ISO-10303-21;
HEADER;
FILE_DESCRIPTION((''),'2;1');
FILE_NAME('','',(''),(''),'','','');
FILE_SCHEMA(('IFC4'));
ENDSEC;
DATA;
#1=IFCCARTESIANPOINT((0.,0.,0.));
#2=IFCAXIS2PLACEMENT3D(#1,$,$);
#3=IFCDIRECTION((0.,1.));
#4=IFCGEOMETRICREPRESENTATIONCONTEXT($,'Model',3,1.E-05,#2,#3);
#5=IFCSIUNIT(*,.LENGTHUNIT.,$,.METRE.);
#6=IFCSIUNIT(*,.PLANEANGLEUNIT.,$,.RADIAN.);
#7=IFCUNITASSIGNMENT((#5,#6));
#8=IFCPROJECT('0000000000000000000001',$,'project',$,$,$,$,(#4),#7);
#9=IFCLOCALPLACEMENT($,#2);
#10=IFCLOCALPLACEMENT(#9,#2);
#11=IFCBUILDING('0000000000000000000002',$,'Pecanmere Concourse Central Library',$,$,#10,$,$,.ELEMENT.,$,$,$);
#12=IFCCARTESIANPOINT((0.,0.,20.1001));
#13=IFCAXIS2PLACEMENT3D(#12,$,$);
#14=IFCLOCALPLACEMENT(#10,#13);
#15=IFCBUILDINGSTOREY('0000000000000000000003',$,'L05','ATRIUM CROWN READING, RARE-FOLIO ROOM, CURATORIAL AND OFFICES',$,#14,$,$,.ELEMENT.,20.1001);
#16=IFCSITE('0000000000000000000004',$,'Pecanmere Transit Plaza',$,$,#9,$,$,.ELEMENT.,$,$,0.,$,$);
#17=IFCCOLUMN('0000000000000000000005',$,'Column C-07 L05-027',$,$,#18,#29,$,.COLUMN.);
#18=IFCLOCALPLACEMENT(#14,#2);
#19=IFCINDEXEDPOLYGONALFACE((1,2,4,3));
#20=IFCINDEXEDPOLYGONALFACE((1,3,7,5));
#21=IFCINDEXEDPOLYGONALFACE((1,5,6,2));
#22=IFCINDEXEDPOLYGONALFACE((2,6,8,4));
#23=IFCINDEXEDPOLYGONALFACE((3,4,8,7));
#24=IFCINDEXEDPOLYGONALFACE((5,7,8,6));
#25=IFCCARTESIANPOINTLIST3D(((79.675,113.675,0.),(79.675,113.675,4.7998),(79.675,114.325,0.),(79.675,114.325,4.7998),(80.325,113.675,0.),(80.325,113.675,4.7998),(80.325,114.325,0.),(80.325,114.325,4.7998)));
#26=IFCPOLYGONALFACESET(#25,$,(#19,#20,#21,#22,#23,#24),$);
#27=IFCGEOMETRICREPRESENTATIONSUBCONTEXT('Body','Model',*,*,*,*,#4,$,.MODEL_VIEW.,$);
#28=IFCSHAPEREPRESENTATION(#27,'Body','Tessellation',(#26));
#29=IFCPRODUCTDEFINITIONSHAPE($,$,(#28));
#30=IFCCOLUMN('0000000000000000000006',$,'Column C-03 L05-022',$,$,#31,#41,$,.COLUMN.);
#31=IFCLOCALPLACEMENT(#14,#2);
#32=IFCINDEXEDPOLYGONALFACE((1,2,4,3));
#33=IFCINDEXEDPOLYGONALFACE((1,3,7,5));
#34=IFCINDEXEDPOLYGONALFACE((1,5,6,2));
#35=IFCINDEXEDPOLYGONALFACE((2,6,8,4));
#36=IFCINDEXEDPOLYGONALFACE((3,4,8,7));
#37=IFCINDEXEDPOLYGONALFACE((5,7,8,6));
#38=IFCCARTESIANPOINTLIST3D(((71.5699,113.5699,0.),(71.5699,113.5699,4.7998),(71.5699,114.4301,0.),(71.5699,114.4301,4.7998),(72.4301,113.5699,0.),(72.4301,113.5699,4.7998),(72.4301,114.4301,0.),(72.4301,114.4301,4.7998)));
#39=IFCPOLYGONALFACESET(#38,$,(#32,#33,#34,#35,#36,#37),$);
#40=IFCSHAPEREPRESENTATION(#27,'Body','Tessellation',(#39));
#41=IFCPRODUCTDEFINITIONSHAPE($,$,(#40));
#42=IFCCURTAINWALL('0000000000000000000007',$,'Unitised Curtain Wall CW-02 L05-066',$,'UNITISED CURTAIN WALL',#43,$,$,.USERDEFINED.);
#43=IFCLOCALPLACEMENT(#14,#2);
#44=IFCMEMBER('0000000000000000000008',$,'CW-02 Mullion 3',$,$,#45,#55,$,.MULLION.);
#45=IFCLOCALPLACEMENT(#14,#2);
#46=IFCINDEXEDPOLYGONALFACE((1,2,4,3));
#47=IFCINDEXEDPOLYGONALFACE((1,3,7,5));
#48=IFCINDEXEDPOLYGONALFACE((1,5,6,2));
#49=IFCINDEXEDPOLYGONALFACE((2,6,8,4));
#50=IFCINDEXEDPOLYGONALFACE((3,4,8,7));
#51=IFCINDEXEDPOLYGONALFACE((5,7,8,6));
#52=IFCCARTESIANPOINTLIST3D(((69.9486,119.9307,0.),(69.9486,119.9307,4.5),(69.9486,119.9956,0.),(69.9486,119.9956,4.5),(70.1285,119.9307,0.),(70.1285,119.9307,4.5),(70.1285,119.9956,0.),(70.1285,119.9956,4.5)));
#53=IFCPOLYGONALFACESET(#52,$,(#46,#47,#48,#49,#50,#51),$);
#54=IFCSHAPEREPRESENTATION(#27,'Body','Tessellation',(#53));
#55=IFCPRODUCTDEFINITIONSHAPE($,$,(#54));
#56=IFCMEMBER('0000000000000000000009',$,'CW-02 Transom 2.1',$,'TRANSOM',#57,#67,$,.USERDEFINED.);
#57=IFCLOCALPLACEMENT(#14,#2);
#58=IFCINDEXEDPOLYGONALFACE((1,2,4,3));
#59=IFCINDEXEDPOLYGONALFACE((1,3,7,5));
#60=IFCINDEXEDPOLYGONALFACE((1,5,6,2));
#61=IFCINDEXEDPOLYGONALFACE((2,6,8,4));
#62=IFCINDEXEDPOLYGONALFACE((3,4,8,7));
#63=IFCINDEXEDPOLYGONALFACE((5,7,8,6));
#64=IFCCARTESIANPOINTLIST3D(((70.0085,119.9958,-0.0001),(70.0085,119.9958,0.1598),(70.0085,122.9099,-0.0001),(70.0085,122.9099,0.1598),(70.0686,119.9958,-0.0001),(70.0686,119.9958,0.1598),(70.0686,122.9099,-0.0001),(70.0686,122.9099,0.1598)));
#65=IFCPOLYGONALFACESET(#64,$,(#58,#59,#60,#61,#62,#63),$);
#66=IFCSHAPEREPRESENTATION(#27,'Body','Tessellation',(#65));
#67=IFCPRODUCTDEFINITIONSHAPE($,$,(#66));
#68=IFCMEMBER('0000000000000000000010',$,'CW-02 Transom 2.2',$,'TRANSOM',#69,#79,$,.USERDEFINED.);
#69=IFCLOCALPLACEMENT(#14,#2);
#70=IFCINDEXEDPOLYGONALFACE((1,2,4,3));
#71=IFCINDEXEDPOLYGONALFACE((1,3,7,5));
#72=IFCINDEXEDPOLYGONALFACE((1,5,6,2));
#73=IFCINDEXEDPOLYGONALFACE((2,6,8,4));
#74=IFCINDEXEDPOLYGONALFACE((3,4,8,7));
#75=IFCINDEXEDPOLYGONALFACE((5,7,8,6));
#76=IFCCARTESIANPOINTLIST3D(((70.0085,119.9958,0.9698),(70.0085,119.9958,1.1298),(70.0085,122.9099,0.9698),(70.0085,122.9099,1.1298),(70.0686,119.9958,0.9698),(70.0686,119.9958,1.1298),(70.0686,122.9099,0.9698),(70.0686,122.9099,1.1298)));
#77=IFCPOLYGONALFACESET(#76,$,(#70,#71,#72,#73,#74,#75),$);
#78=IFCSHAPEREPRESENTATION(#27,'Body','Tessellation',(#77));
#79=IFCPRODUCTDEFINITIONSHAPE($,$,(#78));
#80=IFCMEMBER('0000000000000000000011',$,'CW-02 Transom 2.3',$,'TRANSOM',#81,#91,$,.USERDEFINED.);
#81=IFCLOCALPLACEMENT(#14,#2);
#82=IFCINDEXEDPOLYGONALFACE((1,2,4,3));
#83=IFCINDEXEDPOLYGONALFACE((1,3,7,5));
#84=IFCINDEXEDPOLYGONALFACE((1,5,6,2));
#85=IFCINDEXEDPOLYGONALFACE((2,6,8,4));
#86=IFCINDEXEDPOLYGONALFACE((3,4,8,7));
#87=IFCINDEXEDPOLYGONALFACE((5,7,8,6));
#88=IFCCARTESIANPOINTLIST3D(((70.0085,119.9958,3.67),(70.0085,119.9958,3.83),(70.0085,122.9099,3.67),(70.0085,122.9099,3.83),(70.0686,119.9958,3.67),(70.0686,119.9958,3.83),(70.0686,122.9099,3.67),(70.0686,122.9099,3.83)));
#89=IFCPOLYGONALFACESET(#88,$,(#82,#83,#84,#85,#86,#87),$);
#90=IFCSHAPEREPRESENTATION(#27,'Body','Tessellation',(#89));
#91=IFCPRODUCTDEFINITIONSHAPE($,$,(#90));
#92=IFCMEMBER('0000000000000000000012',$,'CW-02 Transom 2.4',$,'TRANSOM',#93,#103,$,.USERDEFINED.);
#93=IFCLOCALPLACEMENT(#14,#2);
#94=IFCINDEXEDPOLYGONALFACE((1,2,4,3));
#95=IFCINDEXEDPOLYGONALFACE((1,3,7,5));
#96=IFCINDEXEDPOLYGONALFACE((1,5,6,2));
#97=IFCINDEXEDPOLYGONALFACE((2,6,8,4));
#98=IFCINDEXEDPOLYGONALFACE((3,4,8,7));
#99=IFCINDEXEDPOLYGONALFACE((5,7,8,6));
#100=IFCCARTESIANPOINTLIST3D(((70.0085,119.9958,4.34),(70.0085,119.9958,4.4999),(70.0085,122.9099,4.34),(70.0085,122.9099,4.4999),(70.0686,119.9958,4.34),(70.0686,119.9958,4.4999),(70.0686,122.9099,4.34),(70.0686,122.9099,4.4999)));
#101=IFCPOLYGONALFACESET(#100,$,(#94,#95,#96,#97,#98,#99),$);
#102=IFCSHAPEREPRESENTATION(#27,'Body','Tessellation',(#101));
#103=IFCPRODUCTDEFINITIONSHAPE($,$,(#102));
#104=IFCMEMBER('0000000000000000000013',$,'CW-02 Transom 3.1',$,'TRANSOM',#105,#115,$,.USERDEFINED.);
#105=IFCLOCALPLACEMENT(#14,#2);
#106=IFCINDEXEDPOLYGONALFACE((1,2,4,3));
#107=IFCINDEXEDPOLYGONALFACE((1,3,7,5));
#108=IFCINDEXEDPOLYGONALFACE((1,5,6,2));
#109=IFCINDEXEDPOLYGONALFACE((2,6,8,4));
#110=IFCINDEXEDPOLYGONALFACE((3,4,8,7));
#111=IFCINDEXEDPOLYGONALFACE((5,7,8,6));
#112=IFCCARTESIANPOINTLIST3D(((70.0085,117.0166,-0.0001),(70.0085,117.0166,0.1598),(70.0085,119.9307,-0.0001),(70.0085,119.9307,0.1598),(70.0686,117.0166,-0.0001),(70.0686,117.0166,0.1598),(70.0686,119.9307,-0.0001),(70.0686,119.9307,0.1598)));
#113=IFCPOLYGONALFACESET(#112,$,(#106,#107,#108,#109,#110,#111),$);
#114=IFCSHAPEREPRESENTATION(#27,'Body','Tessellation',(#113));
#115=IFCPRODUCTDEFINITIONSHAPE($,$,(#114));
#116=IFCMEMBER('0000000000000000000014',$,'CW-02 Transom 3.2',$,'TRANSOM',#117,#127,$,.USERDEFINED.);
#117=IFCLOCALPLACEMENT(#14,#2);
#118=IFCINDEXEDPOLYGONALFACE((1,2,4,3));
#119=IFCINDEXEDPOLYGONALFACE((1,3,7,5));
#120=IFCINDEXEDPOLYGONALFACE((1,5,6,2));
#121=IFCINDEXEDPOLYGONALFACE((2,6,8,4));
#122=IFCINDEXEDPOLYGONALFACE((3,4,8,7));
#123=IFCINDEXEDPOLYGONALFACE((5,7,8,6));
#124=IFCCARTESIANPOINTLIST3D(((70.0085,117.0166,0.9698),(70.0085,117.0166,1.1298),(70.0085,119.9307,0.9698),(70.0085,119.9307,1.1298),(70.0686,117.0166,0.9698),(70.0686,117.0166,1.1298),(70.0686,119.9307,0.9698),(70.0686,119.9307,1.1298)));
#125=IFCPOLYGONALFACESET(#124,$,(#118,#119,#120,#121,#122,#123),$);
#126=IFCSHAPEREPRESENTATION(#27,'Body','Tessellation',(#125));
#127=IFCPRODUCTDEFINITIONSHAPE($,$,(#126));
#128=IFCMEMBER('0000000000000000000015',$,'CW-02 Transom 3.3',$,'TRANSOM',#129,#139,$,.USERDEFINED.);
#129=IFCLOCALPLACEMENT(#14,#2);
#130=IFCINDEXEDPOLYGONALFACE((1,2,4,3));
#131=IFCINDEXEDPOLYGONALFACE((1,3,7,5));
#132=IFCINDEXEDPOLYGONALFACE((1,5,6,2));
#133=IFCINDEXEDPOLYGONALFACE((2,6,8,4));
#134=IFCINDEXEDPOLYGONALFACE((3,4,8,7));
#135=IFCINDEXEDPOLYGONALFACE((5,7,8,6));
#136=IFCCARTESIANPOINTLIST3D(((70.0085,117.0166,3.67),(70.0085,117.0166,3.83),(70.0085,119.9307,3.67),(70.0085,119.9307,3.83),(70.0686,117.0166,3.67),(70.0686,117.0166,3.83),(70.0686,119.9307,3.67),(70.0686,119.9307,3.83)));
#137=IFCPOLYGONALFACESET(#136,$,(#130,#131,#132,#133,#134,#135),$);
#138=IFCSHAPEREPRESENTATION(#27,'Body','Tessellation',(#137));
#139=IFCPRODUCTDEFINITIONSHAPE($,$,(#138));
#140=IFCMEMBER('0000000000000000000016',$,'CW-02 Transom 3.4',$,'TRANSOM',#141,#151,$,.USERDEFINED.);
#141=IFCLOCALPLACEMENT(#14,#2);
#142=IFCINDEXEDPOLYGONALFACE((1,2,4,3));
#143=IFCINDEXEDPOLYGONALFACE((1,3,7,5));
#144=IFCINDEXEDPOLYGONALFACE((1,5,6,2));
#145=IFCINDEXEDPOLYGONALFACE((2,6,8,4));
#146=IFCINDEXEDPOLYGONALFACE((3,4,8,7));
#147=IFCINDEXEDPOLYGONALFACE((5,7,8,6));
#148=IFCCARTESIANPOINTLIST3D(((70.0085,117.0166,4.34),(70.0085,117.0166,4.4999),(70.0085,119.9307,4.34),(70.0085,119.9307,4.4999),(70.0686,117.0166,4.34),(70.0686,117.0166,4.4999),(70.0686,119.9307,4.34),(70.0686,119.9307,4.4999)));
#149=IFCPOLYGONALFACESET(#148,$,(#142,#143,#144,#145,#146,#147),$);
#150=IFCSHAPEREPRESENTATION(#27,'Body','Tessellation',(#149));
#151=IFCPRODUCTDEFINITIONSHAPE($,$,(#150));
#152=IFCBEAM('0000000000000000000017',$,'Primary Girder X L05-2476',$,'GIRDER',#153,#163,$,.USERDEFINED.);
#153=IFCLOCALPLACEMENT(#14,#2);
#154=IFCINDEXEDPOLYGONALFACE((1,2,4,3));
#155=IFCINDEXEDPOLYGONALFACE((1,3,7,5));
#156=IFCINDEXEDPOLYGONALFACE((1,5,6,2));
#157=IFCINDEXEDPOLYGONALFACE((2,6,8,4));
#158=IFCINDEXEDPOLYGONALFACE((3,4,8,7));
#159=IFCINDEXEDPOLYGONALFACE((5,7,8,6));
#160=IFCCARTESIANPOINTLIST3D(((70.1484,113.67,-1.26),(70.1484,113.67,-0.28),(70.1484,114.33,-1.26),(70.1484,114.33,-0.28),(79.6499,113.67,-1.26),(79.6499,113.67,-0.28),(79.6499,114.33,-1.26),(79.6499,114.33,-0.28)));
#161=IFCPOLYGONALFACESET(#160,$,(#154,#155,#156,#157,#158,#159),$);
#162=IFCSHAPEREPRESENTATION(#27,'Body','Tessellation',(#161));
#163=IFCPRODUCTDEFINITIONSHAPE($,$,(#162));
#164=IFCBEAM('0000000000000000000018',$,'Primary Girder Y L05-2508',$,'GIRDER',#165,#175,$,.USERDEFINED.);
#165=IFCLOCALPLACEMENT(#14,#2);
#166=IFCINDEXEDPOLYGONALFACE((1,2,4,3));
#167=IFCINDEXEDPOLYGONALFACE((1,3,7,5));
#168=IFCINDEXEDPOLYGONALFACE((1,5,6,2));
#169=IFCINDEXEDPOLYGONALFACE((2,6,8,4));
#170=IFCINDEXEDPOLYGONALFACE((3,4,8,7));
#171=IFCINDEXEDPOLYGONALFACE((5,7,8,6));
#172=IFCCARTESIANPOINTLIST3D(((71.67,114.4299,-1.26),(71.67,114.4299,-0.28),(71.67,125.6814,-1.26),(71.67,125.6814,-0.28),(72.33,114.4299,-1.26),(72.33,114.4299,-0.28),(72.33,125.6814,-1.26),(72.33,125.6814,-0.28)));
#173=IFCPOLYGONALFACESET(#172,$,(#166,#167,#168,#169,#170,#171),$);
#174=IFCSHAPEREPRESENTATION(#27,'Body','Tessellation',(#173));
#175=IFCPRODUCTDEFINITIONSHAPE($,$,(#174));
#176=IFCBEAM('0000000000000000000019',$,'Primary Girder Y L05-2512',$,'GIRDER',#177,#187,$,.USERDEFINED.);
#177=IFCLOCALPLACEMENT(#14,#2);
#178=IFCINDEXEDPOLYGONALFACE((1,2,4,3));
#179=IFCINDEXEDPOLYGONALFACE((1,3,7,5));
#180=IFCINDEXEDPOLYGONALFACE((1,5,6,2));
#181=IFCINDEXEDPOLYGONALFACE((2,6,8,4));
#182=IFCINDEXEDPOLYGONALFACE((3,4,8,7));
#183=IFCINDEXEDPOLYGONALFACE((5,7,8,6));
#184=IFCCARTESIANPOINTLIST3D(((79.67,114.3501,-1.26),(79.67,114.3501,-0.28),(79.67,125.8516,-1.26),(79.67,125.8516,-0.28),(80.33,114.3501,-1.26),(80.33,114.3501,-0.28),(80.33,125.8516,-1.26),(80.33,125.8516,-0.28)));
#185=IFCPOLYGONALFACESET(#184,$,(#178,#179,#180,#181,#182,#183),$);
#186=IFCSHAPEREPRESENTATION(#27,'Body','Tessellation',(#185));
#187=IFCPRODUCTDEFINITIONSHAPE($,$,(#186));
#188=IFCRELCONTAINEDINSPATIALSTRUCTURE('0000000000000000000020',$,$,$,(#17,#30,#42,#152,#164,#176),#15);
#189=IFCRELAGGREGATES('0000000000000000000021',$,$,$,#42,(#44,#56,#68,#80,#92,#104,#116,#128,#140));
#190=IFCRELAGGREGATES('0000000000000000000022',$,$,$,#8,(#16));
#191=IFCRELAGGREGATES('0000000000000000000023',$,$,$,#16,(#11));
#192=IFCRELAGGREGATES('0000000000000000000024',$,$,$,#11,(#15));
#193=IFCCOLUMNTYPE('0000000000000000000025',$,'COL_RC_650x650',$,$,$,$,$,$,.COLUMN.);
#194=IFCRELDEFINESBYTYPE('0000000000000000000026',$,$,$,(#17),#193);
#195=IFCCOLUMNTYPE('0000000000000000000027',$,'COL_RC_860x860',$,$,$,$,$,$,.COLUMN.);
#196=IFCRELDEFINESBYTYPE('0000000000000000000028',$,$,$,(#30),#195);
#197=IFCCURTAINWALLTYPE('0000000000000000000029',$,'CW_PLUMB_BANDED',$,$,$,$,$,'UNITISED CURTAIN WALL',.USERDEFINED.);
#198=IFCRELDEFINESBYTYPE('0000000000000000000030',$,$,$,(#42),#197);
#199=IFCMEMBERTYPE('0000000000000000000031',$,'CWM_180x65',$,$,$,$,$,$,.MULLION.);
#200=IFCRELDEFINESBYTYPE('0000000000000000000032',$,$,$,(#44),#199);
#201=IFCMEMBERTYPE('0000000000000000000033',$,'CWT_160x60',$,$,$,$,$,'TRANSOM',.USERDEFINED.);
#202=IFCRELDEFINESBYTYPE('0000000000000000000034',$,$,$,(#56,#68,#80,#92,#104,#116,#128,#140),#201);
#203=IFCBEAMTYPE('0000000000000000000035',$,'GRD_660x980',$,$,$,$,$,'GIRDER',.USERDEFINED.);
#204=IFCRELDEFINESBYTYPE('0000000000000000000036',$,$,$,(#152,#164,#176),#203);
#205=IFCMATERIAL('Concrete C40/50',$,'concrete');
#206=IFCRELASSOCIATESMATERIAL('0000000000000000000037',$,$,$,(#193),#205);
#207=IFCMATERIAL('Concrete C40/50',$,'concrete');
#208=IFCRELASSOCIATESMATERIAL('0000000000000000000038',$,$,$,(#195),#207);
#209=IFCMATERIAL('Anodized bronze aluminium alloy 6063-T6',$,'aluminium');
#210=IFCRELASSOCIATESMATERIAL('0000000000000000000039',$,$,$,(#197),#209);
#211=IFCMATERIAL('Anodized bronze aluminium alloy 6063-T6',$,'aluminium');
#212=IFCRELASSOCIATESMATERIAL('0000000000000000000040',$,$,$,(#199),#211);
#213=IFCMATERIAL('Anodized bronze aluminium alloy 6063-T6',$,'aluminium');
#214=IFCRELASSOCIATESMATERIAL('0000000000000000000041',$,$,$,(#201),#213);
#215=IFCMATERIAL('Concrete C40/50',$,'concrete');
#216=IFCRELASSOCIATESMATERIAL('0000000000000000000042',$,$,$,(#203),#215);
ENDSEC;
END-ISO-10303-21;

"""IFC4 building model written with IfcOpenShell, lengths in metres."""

from ifc_helpers import new_model, si_unit, direction, frame, origin, origin_2d, place, context, subcontext, project, spatial, rectangle, extrude, material, material_profile, profile_set, type_object, element, aggregate, save


model = new_model("IFC4")

# Units and contexts
model_context = context("Model", 3, precision=1e-05, world=origin(), true_north=direction((0.0, 1.0)))
body_context = subcontext(model_context, "Body", "Model", "MODEL_VIEW")
ifc_project = project(units=[si_unit("LENGTHUNIT", "METRE"), si_unit("PLANEANGLEUNIT", "RADIAN")], contexts=[model_context])

# Site, building, storey
site_placement = place(None, origin())
site = spatial("IfcSite", under=ifc_project, at=site_placement, Name="Pecanmere Transit Plaza", CompositionType="ELEMENT", RefElevation=0.0)
building_placement = place(site_placement, origin())
building = spatial("IfcBuilding", under=site, at=building_placement, Name="Pecanmere Concourse Central Library", CompositionType="ELEMENT")
storey_placement = place(building_placement, frame((0.0, 0.0, 20.1001)))
storey = spatial("IfcBuildingStorey", under=building, at=storey_placement, Name="L05", Description="ATRIUM CROWN READING, RARE-FOLIO ROOM, CURATORIAL AND OFFICES", CompositionType="ELEMENT", Elevation=20.1001)

# Columns
ifc_material_1 = material(Name="Concrete C40/50", Category="concrete")
ifc_material_profile_1 = material_profile(ifc_material_1, rectangle(XDim=0.6499, YDim=0.6499, at=origin_2d()), Name="RC 650x650")
ifc_profile_set_1 = profile_set([ifc_material_profile_1], Name="Concrete C40/50")
column_type_1 = type_object("IfcColumnType", Name="COL_RC_650x650", PredefinedType="COLUMN", material=ifc_profile_set_1)
column_1_placement = place(storey_placement, frame((80.0, 114.0, 0.0), z_axis=(0.0, 0.0, 1.0), x_axis=(1.0, 0.0, 0.0)))
element("IfcColumn", 1, at=column_1_placement, inside=storey, type_object=column_type_1, Name="Column C-07 L05-027", PredefinedType="COLUMN", context=body_context, shape_type="SweptSolid", body=[
    extrude(rectangle(XDim=0.6499, YDim=0.6499, at=origin_2d()), origin(), (0.0, 0.0, 1.0), 4.7998),
])
ifc_material_2 = material(Name="Concrete C40/50", Category="concrete")
ifc_material_profile_2 = material_profile(ifc_material_2, rectangle(XDim=0.8601, YDim=0.8601, at=origin_2d()), Name="RC 860x860")
ifc_profile_set_2 = profile_set([ifc_material_profile_2], Name="Concrete C40/50")
column_type_2 = type_object("IfcColumnType", Name="COL_RC_860x860", PredefinedType="COLUMN", material=ifc_profile_set_2)
column_2_placement = place(storey_placement, frame((72.0, 114.0, 0.0), z_axis=(0.0, 0.0, 1.0), x_axis=(1.0, 0.0, 0.0)))
element("IfcColumn", 2, at=column_2_placement, inside=storey, type_object=column_type_2, Name="Column C-03 L05-022", PredefinedType="COLUMN", context=body_context, shape_type="SweptSolid", body=[
    extrude(rectangle(XDim=0.8601, YDim=0.8601, at=origin_2d()), origin(), (0.0, 0.0, 1.0), 4.7998),
])

# Curtain wall, members
ifc_material_3 = material(Name="Anodized bronze aluminium alloy 6063-T6", Category="aluminium")
curtain_wall_type = type_object("IfcCurtainWallType", Name="CW_PLUMB_BANDED", ElementType="UNITISED CURTAIN WALL", PredefinedType="USERDEFINED", material=ifc_material_3)
curtain_wall_placement = place(storey_placement, origin())
curtain_wall = element("IfcCurtainWall", 3, at=curtain_wall_placement, inside=storey, type_object=curtain_wall_type, Name="Unitised Curtain Wall CW-02 L05-066", ObjectType="UNITISED CURTAIN WALL", PredefinedType="USERDEFINED")
ifc_material_4 = material(Name="Anodized bronze aluminium alloy 6063-T6", Category="aluminium")
ifc_material_profile_3 = material_profile(ifc_material_4, rectangle(XDim=0.0649, YDim=0.1799, at=origin_2d()), Name="AL 65x180")
ifc_profile_set_3 = profile_set([ifc_material_profile_3], Name="Anodized bronze aluminium alloy 6063-T6")
member_type_1 = type_object("IfcMemberType", Name="CWM_180x65", PredefinedType="MULLION", material=ifc_profile_set_3)
member_1_placement = place(storey_placement, frame((70.0386, 119.9631, 0.0), z_axis=(0.0, 0.0, 1.0), x_axis=(0.0, -1.0, 0.0)))
member_1 = element("IfcMember", 4, at=member_1_placement, type_object=member_type_1, Name="CW-02 Mullion 3", PredefinedType="MULLION", context=body_context, shape_type="SweptSolid", body=[
    extrude(rectangle(XDim=0.0649, YDim=0.1799, at=origin_2d()), origin(), (0.0, 0.0, 1.0), 4.5),
])
ifc_material_5 = material(Name="Anodized bronze aluminium alloy 6063-T6", Category="aluminium")
ifc_material_profile_4 = material_profile(ifc_material_5, rectangle(XDim=0.0601, YDim=0.1599, at=origin_2d()), Name="AL 60x160")
ifc_profile_set_4 = profile_set([ifc_material_profile_4], Name="Anodized bronze aluminium alloy 6063-T6")
member_type_2 = type_object("IfcMemberType", Name="CWT_160x60", ElementType="TRANSOM", PredefinedType="USERDEFINED", material=ifc_profile_set_4)
member_2_placement = place(storey_placement, frame((70.0386, 122.9099, 0.0798), z_axis=(0.0, -1.0, 0.0), x_axis=(1.0, 0.0, 0.0)))
member_2 = element("IfcMember", 5, at=member_2_placement, type_object=member_type_2, Name="CW-02 Transom 2.1", ObjectType="TRANSOM", PredefinedType="USERDEFINED", context=body_context, shape_type="SweptSolid", body=[
    extrude(rectangle(XDim=0.0601, YDim=0.1599, at=origin_2d()), origin(), (0.0, 0.0, 1.0), 2.9141),
])
member_3_placement = place(storey_placement, frame((70.0386, 122.9099, 1.0498), z_axis=(0.0, -1.0, 0.0), x_axis=(1.0, 0.0, 0.0)))
member_3 = element("IfcMember", 6, at=member_3_placement, type_object=member_type_2, Name="CW-02 Transom 2.2", ObjectType="TRANSOM", PredefinedType="USERDEFINED", context=body_context, shape_type="SweptSolid", body=[
    extrude(rectangle(XDim=0.0601, YDim=0.1599, at=origin_2d()), origin(), (0.0, 0.0, 1.0), 2.9141),
])
member_4_placement = place(storey_placement, frame((70.0386, 122.9099, 3.75), z_axis=(0.0, -1.0, 0.0), x_axis=(1.0, 0.0, 0.0)))
member_4 = element("IfcMember", 7, at=member_4_placement, type_object=member_type_2, Name="CW-02 Transom 2.3", ObjectType="TRANSOM", PredefinedType="USERDEFINED", context=body_context, shape_type="SweptSolid", body=[
    extrude(rectangle(XDim=0.0601, YDim=0.1599, at=origin_2d()), origin(), (0.0, 0.0, 1.0), 2.9141),
])
member_5_placement = place(storey_placement, frame((70.0386, 122.9099, 4.4199), z_axis=(0.0, -1.0, 0.0), x_axis=(1.0, 0.0, 0.0)))
member_5 = element("IfcMember", 8, at=member_5_placement, type_object=member_type_2, Name="CW-02 Transom 2.4", ObjectType="TRANSOM", PredefinedType="USERDEFINED", context=body_context, shape_type="SweptSolid", body=[
    extrude(rectangle(XDim=0.0601, YDim=0.1599, at=origin_2d()), origin(), (0.0, 0.0, 1.0), 2.9141),
])
member_6_placement = place(storey_placement, frame((70.0386, 119.9307, 0.0798), z_axis=(0.0, -1.0, 0.0), x_axis=(1.0, 0.0, 0.0)))
member_6 = element("IfcMember", 9, at=member_6_placement, type_object=member_type_2, Name="CW-02 Transom 3.1", ObjectType="TRANSOM", PredefinedType="USERDEFINED", context=body_context, shape_type="SweptSolid", body=[
    extrude(rectangle(XDim=0.0601, YDim=0.1599, at=origin_2d()), origin(), (0.0, 0.0, 1.0), 2.9141),
])
member_7_placement = place(storey_placement, frame((70.0386, 119.9307, 1.0498), z_axis=(0.0, -1.0, 0.0), x_axis=(1.0, 0.0, 0.0)))
member_7 = element("IfcMember", 10, at=member_7_placement, type_object=member_type_2, Name="CW-02 Transom 3.2", ObjectType="TRANSOM", PredefinedType="USERDEFINED", context=body_context, shape_type="SweptSolid", body=[
    extrude(rectangle(XDim=0.0601, YDim=0.1599, at=origin_2d()), origin(), (0.0, 0.0, 1.0), 2.9141),
])
member_8_placement = place(storey_placement, frame((70.0386, 119.9307, 3.75), z_axis=(0.0, -1.0, 0.0), x_axis=(1.0, 0.0, 0.0)))
member_8 = element("IfcMember", 11, at=member_8_placement, type_object=member_type_2, Name="CW-02 Transom 3.3", ObjectType="TRANSOM", PredefinedType="USERDEFINED", context=body_context, shape_type="SweptSolid", body=[
    extrude(rectangle(XDim=0.0601, YDim=0.1599, at=origin_2d()), origin(), (0.0, 0.0, 1.0), 2.9141),
])
member_9_placement = place(storey_placement, frame((70.0386, 119.9307, 4.4199), z_axis=(0.0, -1.0, 0.0), x_axis=(1.0, 0.0, 0.0)))
member_9 = element("IfcMember", 12, at=member_9_placement, type_object=member_type_2, Name="CW-02 Transom 3.4", ObjectType="TRANSOM", PredefinedType="USERDEFINED", context=body_context, shape_type="SweptSolid", body=[
    extrude(rectangle(XDim=0.0601, YDim=0.1599, at=origin_2d()), origin(), (0.0, 0.0, 1.0), 2.9141),
])

# Beams
ifc_material_6 = material(Name="Concrete C40/50", Category="concrete")
ifc_material_profile_5 = material_profile(ifc_material_6, rectangle(XDim=0.6599, YDim=0.98, at=origin_2d()), Name="RC 660x980")
ifc_profile_set_5 = profile_set([ifc_material_profile_5], Name="Concrete C40/50")
beam_type_1 = type_object("IfcBeamType", Name="GRD_660x980", ElementType="GIRDER", PredefinedType="USERDEFINED", material=ifc_profile_set_5)
beam_1_placement = place(storey_placement, frame((70.1484, 114.0, -0.77), z_axis=(1.0, 0.0, 0.0), x_axis=(0.0, 1.0, 0.0)))
element("IfcBeam", 13, at=beam_1_placement, inside=storey, type_object=beam_type_1, Name="Primary Girder X L05-2476", ObjectType="GIRDER", PredefinedType="USERDEFINED", context=body_context, shape_type="SweptSolid", body=[
    extrude(rectangle(XDim=0.6599, YDim=0.98, at=origin_2d()), origin(), (0.0, 0.0, 1.0), 9.5015),
])
beam_2_placement = place(storey_placement, frame((72.0, 114.4299, -0.77), z_axis=(0.0, 1.0, 0.0), x_axis=(-1.0, 0.0, 0.0)))
element("IfcBeam", 14, at=beam_2_placement, inside=storey, type_object=beam_type_1, Name="Primary Girder Y L05-2508", ObjectType="GIRDER", PredefinedType="USERDEFINED", context=body_context, shape_type="SweptSolid", body=[
    extrude(rectangle(XDim=0.6599, YDim=0.98, at=origin_2d()), origin(), (0.0, 0.0, 1.0), 11.2515),
])
beam_3_placement = place(storey_placement, frame((80.0, 114.3501, -0.77), z_axis=(0.0, 1.0, 0.0), x_axis=(-1.0, 0.0, 0.0)))
element("IfcBeam", 15, at=beam_3_placement, inside=storey, type_object=beam_type_1, Name="Primary Girder Y L05-2512", ObjectType="GIRDER", PredefinedType="USERDEFINED", context=body_context, shape_type="SweptSolid", body=[
    extrude(rectangle(XDim=0.6599, YDim=0.98, at=origin_2d()), origin(), (0.0, 0.0, 1.0), 11.5015),
])

aggregate(curtain_wall, [member_1, member_2, member_3, member_4, member_5, member_6, member_7, member_8, member_9])

save(model, "model.ifc")
